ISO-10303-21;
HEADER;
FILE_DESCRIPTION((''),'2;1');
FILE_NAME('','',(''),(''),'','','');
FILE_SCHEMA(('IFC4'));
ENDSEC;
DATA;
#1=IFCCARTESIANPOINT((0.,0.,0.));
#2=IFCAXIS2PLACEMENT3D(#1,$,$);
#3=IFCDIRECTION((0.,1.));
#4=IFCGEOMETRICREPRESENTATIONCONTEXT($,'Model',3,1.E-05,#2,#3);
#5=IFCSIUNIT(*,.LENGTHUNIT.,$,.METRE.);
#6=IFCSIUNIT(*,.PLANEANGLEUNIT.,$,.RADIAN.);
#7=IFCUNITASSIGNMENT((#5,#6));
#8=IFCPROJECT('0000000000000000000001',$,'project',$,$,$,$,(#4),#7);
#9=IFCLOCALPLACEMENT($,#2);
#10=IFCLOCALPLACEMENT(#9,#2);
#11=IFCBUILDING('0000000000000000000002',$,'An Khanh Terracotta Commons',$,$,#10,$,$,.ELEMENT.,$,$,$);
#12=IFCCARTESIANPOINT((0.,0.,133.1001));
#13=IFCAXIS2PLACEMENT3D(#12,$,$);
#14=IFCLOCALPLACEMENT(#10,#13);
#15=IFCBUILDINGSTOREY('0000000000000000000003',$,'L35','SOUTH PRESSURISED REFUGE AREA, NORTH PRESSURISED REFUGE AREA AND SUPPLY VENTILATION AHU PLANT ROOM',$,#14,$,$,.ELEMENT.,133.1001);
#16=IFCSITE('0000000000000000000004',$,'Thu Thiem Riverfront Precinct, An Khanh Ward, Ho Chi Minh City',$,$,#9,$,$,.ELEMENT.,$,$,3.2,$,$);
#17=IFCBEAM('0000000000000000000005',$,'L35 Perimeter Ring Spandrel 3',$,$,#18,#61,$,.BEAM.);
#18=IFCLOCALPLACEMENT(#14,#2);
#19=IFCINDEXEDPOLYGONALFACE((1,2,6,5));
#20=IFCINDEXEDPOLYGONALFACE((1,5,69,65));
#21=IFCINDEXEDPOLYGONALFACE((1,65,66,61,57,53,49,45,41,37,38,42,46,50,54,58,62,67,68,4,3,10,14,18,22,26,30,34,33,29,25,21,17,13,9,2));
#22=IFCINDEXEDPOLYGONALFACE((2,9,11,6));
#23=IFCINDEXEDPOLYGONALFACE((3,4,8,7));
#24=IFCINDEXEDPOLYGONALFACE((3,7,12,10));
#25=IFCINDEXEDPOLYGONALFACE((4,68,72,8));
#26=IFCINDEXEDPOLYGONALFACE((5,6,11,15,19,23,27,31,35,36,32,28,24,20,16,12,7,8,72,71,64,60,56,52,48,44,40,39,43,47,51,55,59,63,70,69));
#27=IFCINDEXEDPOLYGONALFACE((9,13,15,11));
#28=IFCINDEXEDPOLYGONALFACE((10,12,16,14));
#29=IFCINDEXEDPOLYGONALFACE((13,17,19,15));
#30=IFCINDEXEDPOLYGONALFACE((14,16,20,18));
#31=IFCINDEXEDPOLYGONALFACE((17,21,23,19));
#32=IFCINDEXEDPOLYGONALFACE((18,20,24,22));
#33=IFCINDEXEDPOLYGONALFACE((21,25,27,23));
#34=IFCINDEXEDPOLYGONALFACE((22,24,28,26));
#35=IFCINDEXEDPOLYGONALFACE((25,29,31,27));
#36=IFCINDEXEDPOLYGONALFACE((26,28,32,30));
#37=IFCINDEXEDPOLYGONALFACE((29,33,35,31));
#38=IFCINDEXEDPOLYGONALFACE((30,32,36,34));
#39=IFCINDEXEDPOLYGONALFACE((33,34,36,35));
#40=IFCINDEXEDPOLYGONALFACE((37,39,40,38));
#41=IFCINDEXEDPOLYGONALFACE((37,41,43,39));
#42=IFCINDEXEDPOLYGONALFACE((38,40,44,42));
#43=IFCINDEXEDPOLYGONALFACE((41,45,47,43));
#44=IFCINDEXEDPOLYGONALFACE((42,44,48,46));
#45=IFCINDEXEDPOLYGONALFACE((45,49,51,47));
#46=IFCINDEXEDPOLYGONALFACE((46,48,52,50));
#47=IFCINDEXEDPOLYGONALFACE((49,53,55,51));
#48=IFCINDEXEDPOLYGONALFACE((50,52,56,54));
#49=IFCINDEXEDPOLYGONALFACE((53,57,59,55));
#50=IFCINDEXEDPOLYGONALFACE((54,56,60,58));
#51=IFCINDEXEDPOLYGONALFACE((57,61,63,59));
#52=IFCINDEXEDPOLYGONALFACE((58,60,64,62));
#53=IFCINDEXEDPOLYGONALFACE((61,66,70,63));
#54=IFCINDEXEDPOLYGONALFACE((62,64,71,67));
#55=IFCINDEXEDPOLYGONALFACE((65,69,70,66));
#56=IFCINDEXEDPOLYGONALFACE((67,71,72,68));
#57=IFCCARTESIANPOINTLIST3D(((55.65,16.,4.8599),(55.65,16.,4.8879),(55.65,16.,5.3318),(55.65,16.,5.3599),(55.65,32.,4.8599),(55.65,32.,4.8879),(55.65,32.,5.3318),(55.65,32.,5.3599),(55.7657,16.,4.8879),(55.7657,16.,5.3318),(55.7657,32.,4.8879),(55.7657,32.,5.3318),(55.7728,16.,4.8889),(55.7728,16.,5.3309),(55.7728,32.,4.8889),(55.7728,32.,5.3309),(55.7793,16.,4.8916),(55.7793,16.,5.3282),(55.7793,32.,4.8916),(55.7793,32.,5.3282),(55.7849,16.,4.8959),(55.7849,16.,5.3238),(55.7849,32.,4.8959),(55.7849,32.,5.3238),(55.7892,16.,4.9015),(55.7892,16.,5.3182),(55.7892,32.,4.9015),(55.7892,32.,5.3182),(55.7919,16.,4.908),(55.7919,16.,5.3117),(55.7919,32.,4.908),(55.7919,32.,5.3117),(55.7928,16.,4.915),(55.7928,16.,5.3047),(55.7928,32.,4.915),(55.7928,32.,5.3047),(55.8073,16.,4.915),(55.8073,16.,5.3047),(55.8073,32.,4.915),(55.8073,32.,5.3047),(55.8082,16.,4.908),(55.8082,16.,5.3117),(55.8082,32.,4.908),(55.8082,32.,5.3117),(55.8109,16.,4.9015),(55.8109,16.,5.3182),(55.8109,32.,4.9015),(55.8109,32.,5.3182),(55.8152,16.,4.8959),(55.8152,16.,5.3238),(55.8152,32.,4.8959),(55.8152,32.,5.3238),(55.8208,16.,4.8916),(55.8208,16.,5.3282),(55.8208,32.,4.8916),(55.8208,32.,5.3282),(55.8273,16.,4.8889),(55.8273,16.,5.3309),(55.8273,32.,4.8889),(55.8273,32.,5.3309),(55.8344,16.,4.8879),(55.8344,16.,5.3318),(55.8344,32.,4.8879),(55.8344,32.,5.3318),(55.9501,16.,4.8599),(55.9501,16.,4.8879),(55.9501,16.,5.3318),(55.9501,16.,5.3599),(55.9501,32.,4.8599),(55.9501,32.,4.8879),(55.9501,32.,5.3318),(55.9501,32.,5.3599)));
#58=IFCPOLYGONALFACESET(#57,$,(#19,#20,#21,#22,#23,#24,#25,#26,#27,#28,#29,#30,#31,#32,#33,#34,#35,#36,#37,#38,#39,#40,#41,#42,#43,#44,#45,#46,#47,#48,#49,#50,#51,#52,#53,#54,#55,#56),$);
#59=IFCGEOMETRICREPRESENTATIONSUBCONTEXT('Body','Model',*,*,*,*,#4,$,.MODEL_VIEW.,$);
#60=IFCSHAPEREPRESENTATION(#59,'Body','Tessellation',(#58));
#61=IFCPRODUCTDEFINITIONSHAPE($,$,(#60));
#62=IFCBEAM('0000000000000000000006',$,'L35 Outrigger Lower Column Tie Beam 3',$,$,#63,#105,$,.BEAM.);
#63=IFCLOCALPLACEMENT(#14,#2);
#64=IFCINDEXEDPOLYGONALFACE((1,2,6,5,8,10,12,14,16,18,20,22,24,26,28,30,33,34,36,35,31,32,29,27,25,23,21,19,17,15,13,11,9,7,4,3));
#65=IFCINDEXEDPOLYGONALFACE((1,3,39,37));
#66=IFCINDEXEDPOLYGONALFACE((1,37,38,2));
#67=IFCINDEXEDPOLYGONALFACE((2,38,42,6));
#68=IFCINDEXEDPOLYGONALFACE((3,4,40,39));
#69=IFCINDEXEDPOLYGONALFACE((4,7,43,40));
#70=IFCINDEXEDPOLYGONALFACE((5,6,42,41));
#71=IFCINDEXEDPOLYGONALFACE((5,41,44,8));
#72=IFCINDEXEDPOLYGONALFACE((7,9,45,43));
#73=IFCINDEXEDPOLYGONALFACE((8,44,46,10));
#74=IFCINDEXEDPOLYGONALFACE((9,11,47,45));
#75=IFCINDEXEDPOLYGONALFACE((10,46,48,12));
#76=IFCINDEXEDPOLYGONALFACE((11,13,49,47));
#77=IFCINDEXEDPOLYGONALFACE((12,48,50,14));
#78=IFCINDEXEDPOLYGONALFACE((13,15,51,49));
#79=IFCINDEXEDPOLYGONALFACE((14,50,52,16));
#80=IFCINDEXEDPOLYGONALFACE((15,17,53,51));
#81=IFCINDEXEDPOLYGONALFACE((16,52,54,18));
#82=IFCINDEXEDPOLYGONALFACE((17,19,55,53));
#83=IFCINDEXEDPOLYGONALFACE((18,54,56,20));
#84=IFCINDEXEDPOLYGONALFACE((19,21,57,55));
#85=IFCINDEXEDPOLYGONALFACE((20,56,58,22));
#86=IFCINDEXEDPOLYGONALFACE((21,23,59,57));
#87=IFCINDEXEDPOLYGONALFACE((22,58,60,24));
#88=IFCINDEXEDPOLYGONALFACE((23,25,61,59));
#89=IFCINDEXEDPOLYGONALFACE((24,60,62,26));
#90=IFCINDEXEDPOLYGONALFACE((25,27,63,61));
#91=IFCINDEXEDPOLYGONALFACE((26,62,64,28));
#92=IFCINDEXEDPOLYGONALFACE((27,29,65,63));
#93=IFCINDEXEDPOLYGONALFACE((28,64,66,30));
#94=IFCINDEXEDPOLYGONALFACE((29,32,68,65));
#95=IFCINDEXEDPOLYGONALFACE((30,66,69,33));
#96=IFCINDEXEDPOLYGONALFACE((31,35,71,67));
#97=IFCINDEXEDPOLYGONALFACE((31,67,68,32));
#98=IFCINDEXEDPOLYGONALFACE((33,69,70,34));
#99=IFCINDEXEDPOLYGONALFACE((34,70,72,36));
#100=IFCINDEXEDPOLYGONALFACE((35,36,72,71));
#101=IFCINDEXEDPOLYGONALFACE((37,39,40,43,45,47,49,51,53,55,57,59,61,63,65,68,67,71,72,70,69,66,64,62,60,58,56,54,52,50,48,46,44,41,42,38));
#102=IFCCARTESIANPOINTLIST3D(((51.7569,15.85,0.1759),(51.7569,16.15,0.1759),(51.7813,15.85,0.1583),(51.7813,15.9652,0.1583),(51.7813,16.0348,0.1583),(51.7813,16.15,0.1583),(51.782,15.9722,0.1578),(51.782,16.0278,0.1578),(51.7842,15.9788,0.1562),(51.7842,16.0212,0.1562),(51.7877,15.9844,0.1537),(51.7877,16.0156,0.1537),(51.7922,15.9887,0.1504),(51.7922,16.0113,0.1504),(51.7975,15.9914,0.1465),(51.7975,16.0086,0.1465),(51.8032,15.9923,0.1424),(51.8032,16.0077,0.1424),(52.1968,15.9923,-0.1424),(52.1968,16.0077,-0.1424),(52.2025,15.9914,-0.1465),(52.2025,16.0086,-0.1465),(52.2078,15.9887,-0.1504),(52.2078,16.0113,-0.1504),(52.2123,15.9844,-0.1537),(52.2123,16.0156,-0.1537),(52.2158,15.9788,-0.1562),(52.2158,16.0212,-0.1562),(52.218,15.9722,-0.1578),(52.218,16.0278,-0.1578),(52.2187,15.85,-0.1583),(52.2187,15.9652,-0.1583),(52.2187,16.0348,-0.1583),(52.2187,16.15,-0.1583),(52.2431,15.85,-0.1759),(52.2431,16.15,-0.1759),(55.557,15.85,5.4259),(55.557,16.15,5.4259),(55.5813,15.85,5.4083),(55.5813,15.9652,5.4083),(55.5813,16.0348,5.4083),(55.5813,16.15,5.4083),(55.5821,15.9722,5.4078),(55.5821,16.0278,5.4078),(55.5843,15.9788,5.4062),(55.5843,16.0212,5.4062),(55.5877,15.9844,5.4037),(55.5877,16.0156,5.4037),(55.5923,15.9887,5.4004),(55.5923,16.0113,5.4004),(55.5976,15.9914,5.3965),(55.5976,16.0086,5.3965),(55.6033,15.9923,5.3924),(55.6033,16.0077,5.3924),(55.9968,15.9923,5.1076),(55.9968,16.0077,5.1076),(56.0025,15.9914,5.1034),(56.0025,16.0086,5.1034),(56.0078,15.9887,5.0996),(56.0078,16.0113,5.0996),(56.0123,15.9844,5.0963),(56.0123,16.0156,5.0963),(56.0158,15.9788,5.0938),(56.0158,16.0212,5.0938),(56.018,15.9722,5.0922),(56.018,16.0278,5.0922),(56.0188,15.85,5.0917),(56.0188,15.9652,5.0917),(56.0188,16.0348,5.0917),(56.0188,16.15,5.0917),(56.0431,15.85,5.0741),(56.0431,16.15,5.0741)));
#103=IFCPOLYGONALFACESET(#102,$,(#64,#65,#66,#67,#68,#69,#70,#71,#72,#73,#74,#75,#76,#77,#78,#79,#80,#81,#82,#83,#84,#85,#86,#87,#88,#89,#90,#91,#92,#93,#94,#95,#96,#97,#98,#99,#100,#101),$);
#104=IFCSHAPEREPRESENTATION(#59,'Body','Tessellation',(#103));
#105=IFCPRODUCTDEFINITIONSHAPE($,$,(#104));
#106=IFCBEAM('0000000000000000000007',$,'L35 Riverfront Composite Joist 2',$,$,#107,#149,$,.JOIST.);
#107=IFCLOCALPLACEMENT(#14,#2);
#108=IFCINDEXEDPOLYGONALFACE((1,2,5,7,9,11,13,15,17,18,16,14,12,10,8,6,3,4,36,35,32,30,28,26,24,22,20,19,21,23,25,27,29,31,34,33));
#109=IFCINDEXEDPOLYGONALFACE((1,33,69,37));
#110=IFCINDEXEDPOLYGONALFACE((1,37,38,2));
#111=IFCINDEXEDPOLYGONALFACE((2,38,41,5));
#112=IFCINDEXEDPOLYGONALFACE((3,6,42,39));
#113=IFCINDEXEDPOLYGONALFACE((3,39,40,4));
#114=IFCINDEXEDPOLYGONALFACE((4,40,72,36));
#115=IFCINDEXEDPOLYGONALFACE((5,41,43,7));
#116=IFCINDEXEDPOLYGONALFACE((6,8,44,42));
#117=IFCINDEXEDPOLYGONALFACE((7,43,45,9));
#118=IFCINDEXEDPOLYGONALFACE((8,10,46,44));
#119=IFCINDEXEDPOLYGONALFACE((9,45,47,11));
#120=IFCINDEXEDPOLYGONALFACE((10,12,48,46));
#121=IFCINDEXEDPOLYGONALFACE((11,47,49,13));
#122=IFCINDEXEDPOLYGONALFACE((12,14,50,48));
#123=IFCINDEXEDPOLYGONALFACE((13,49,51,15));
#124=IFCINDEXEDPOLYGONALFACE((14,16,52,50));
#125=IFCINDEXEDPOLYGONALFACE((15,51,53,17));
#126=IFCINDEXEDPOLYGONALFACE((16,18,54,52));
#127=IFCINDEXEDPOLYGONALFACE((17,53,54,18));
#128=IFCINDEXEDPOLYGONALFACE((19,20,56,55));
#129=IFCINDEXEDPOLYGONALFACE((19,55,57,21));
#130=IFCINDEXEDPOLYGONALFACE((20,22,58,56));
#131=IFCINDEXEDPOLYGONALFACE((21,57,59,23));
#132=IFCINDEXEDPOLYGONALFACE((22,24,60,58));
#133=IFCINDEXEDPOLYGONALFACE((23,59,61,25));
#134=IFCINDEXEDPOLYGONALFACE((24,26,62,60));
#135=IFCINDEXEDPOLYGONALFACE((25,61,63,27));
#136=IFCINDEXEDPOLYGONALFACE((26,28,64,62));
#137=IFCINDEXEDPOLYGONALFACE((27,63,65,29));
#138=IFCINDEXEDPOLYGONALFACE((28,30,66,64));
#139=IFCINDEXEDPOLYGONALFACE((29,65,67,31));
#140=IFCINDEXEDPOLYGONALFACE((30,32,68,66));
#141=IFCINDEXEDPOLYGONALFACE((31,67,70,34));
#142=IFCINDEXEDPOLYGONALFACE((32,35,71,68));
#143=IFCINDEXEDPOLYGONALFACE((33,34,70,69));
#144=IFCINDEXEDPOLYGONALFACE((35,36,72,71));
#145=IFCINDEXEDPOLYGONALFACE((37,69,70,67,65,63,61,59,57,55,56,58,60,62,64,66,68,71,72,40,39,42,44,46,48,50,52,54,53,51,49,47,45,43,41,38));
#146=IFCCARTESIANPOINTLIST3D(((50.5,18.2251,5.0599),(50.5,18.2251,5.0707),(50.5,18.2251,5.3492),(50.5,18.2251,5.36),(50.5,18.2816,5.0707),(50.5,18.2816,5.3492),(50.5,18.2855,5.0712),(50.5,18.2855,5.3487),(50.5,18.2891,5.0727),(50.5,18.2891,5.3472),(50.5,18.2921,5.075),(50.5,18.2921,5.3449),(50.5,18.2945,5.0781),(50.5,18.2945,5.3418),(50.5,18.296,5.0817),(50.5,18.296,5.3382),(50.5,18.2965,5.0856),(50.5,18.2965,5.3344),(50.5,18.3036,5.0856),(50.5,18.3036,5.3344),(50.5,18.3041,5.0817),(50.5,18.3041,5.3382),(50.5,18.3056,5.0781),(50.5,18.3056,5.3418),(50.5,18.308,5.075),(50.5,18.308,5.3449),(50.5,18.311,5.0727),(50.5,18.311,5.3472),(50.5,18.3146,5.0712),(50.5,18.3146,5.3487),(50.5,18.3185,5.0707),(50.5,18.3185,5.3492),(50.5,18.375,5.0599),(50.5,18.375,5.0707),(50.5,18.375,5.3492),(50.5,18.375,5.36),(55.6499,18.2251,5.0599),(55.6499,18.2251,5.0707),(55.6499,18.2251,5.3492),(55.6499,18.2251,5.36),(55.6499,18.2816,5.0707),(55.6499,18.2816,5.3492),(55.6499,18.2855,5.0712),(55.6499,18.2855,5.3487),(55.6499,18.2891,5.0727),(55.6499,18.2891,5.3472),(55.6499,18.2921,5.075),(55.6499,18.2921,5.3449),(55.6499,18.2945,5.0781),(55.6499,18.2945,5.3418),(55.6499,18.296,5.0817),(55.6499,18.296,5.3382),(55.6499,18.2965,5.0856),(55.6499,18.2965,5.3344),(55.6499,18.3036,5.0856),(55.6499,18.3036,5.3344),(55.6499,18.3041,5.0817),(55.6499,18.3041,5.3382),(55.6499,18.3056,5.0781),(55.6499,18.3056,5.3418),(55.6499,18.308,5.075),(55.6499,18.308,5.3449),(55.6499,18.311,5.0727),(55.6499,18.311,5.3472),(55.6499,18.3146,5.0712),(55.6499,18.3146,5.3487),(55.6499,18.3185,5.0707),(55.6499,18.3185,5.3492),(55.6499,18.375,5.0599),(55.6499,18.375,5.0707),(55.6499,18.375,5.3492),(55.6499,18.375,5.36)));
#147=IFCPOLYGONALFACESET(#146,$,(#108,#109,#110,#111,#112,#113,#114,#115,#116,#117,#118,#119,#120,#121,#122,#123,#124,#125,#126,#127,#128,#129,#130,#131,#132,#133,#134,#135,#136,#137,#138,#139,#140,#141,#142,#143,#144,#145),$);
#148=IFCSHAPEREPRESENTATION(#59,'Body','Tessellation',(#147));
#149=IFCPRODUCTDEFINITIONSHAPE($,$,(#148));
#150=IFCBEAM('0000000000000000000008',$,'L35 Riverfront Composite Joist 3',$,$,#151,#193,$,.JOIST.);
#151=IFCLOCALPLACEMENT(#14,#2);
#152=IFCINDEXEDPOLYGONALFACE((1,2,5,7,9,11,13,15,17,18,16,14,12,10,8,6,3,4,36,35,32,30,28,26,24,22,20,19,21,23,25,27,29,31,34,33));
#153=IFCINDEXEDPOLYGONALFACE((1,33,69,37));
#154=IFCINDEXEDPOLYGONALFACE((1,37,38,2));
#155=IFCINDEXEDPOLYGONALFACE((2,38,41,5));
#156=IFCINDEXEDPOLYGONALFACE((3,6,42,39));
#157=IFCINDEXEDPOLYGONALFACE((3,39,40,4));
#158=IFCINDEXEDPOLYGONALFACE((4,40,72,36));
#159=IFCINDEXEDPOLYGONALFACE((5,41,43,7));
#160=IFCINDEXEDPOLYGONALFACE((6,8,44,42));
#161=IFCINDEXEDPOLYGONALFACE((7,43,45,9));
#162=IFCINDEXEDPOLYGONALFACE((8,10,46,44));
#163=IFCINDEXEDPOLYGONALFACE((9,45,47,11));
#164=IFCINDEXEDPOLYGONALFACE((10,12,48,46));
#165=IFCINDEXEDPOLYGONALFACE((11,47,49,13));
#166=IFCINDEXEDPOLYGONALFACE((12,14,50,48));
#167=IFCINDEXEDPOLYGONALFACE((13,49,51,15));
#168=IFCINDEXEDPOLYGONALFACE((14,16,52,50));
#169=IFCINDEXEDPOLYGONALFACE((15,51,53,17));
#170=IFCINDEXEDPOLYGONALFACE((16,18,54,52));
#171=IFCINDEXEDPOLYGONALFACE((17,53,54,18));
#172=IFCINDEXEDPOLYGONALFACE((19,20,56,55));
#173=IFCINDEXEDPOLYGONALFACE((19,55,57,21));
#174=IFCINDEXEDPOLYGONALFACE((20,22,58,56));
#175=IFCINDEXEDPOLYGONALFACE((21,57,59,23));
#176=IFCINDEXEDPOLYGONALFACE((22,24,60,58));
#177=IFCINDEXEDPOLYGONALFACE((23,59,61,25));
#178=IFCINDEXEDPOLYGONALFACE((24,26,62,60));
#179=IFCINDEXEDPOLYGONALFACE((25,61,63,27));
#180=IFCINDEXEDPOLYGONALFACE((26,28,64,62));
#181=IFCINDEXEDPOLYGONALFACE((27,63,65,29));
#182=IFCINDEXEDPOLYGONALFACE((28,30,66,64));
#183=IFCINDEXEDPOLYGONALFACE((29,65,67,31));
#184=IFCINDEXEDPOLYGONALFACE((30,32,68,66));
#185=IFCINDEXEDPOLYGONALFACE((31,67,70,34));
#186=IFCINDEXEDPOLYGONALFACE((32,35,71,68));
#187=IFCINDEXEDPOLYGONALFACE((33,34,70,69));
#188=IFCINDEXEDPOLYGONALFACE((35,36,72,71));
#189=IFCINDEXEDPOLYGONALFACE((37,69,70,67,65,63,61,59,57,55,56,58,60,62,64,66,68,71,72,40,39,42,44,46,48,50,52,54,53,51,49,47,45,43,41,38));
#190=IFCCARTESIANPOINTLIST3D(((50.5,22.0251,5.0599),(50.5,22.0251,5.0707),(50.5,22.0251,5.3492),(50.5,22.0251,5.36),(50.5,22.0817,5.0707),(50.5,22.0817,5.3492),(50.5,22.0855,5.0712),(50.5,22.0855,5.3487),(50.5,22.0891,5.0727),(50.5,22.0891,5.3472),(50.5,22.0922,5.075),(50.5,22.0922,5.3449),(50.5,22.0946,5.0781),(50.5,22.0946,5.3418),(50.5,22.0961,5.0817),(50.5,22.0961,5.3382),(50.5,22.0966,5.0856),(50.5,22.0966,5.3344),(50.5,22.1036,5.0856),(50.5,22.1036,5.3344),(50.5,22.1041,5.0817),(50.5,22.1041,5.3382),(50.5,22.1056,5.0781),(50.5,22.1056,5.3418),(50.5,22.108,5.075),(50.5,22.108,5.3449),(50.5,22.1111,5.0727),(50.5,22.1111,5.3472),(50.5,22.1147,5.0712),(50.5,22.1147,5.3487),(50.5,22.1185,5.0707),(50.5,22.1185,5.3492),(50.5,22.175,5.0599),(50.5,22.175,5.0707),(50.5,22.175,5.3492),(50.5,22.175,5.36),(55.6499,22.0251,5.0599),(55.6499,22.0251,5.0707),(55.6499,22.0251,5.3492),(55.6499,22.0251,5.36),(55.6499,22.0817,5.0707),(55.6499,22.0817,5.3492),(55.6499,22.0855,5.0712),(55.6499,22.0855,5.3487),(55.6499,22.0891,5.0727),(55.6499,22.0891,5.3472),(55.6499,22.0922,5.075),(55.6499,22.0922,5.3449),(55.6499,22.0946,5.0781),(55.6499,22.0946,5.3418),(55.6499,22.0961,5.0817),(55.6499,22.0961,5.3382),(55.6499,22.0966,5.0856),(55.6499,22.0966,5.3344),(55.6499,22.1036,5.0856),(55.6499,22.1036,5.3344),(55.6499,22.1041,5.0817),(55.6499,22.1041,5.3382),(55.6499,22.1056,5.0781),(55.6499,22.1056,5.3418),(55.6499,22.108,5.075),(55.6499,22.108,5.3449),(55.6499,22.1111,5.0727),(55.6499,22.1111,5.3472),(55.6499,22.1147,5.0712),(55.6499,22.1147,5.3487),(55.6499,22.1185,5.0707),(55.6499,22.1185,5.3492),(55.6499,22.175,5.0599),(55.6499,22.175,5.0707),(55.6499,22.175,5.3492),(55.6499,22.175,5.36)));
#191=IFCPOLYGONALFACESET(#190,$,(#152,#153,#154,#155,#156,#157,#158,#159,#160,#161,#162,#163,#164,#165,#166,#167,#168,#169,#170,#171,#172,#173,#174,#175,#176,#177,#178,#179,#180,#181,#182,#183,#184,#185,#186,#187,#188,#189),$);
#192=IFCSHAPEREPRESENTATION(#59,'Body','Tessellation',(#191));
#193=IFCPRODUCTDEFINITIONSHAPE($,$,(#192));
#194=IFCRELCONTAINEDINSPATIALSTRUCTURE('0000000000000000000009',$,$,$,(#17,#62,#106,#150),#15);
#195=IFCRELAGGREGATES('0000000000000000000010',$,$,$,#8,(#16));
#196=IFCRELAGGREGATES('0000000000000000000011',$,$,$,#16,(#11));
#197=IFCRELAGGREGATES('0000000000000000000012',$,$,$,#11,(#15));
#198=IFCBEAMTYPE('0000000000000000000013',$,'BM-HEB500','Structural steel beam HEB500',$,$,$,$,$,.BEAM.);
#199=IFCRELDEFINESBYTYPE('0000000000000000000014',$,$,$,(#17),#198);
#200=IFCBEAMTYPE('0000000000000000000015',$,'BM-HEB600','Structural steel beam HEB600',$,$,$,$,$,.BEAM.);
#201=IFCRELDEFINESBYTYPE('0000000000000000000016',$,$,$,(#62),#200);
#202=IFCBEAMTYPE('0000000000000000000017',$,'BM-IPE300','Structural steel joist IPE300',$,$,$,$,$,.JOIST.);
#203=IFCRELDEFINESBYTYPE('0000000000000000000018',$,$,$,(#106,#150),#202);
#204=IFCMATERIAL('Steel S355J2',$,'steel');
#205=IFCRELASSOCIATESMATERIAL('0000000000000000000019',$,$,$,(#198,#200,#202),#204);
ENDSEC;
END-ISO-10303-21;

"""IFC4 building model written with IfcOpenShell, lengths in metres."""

from ifc_helpers import new_model, si_unit, direction, frame, origin, origin_2d, place, context, subcontext, project, spatial, i_section, extrude, material, material_profile, profile_set, type_object, element, save


model = new_model("IFC4")

# Units and contexts
model_context = context("Model", 3, precision=1e-05, world=origin(), true_north=direction((0.0, 1.0)))
body_context = subcontext(model_context, "Body", "Model", "MODEL_VIEW")
ifc_project = project(units=[si_unit("LENGTHUNIT", "METRE"), si_unit("PLANEANGLEUNIT", "RADIAN")], contexts=[model_context])

# Site, building, storey
site_placement = place(None, origin())
site = spatial("IfcSite", under=ifc_project, at=site_placement, Name="Thu Thiem Riverfront Precinct, An Khanh Ward, Ho Chi Minh City", CompositionType="ELEMENT", RefElevation=3.2)
building_placement = place(site_placement, origin())
building = spatial("IfcBuilding", under=site, at=building_placement, Name="An Khanh Terracotta Commons", CompositionType="ELEMENT")
storey_placement = place(building_placement, frame((0.0, 0.0, 133.1001)))
storey = spatial("IfcBuildingStorey", under=building, at=storey_placement, Name="L35", Description="SOUTH PRESSURISED REFUGE AREA, NORTH PRESSURISED REFUGE AREA AND SUPPLY VENTILATION AHU PLANT ROOM", CompositionType="ELEMENT", Elevation=133.1001)

# Beams
ifc_material_1 = material(Name="Steel S355J2", Category="steel")
ifc_material_profile_1 = material_profile(ifc_material_1, i_section(OverallWidth=0.3, OverallDepth=0.5, WebThickness=0.0144, FlangeThickness=0.0281, FilletRadius=0.0271, at=origin_2d()), Name="HEB500")
ifc_profile_set_1 = profile_set([ifc_material_profile_1], Name="Steel S355J2")
beam_type_1 = type_object("IfcBeamType", Name="BM-HEB500", Description="Structural steel beam HEB500", PredefinedType="BEAM", material=ifc_profile_set_1)
beam_1_placement = place(storey_placement, frame((55.8, 16.0, 5.1099), z_axis=(0.0, 1.0, 0.0), x_axis=(-1.0, 0.0, 0.0)))
element("IfcBeam", 1, at=beam_1_placement, inside=storey, type_object=beam_type_1, Name="L35 Perimeter Ring Spandrel 3", PredefinedType="BEAM", context=body_context, shape_type="SweptSolid", body=[
    extrude(i_section(OverallWidth=0.3, OverallDepth=0.5, WebThickness=0.0144, FlangeThickness=0.0281, FilletRadius=0.0271, at=origin_2d()), origin(), (0.0, 0.0, 1.0), 16.0),
])
ifc_material_profile_2 = material_profile(ifc_material_1, i_section(OverallWidth=0.3, OverallDepth=0.6001, WebThickness=0.0154, FlangeThickness=0.03, FilletRadius=0.0271, at=origin_2d()), Name="HEB600")
ifc_profile_set_2 = profile_set([ifc_material_profile_2], Name="Steel S355J2")
beam_type_2 = type_object("IfcBeamType", Name="BM-HEB600", Description="Structural steel beam HEB600", PredefinedType="BEAM", material=ifc_profile_set_2)
beam_2_placement = place(storey_placement, frame((52.0, 16.0, 0.0), z_axis=(0.58634, 0.0, 0.810065), x_axis=(0.0, 1.0, 0.0)))
element("IfcBeam", 2, at=beam_2_placement, inside=storey, type_object=beam_type_2, Name="L35 Outrigger Lower Column Tie Beam 3", PredefinedType="BEAM", context=body_context, shape_type="SweptSolid", body=[
    extrude(i_section(OverallWidth=0.3, OverallDepth=0.6001, WebThickness=0.0154, FlangeThickness=0.03, FilletRadius=0.0271, at=origin_2d()), origin(), (0.0, 0.0, 1.0), 6.481),
])
ifc_material_profile_3 = material_profile(ifc_material_1, i_section(OverallWidth=0.1499, OverallDepth=0.3, WebThickness=0.0071, FlangeThickness=0.0107, FilletRadius=0.0149, at=origin_2d()), Name="IPE300")
ifc_profile_set_3 = profile_set([ifc_material_profile_3], Name="Steel S355J2")
beam_type_3 = type_object("IfcBeamType", Name="BM-IPE300", Description="Structural steel joist IPE300", PredefinedType="JOIST", material=ifc_profile_set_3)
for number, where, z_axis, x_axis, name in (
    (3, (50.5, 18.3, 5.21), (1.0, 0.0, 0.0), (0.0, 1.0, 0.0), "L35 Riverfront Composite Joist 2"),
    (4, (50.5, 22.1001, 5.21), (1.0, 0.0, 0.0), (0.0, 1.0, 0.0), "L35 Riverfront Composite Joist 3"),
):
    element("IfcBeam", number, at=place(storey_placement, frame(where, z_axis=z_axis, x_axis=x_axis)), inside=storey, type_object=beam_type_3, Name=name, PredefinedType="JOIST", context=body_context, shape_type="SweptSolid", body=[
        extrude(i_section(OverallWidth=0.1499, OverallDepth=0.3, WebThickness=0.0071, FlangeThickness=0.0107, FilletRadius=0.0149, at=origin_2d()), origin(), (0.0, 0.0, 1.0), 5.1499),
    ])

save(model, "model.ifc")
